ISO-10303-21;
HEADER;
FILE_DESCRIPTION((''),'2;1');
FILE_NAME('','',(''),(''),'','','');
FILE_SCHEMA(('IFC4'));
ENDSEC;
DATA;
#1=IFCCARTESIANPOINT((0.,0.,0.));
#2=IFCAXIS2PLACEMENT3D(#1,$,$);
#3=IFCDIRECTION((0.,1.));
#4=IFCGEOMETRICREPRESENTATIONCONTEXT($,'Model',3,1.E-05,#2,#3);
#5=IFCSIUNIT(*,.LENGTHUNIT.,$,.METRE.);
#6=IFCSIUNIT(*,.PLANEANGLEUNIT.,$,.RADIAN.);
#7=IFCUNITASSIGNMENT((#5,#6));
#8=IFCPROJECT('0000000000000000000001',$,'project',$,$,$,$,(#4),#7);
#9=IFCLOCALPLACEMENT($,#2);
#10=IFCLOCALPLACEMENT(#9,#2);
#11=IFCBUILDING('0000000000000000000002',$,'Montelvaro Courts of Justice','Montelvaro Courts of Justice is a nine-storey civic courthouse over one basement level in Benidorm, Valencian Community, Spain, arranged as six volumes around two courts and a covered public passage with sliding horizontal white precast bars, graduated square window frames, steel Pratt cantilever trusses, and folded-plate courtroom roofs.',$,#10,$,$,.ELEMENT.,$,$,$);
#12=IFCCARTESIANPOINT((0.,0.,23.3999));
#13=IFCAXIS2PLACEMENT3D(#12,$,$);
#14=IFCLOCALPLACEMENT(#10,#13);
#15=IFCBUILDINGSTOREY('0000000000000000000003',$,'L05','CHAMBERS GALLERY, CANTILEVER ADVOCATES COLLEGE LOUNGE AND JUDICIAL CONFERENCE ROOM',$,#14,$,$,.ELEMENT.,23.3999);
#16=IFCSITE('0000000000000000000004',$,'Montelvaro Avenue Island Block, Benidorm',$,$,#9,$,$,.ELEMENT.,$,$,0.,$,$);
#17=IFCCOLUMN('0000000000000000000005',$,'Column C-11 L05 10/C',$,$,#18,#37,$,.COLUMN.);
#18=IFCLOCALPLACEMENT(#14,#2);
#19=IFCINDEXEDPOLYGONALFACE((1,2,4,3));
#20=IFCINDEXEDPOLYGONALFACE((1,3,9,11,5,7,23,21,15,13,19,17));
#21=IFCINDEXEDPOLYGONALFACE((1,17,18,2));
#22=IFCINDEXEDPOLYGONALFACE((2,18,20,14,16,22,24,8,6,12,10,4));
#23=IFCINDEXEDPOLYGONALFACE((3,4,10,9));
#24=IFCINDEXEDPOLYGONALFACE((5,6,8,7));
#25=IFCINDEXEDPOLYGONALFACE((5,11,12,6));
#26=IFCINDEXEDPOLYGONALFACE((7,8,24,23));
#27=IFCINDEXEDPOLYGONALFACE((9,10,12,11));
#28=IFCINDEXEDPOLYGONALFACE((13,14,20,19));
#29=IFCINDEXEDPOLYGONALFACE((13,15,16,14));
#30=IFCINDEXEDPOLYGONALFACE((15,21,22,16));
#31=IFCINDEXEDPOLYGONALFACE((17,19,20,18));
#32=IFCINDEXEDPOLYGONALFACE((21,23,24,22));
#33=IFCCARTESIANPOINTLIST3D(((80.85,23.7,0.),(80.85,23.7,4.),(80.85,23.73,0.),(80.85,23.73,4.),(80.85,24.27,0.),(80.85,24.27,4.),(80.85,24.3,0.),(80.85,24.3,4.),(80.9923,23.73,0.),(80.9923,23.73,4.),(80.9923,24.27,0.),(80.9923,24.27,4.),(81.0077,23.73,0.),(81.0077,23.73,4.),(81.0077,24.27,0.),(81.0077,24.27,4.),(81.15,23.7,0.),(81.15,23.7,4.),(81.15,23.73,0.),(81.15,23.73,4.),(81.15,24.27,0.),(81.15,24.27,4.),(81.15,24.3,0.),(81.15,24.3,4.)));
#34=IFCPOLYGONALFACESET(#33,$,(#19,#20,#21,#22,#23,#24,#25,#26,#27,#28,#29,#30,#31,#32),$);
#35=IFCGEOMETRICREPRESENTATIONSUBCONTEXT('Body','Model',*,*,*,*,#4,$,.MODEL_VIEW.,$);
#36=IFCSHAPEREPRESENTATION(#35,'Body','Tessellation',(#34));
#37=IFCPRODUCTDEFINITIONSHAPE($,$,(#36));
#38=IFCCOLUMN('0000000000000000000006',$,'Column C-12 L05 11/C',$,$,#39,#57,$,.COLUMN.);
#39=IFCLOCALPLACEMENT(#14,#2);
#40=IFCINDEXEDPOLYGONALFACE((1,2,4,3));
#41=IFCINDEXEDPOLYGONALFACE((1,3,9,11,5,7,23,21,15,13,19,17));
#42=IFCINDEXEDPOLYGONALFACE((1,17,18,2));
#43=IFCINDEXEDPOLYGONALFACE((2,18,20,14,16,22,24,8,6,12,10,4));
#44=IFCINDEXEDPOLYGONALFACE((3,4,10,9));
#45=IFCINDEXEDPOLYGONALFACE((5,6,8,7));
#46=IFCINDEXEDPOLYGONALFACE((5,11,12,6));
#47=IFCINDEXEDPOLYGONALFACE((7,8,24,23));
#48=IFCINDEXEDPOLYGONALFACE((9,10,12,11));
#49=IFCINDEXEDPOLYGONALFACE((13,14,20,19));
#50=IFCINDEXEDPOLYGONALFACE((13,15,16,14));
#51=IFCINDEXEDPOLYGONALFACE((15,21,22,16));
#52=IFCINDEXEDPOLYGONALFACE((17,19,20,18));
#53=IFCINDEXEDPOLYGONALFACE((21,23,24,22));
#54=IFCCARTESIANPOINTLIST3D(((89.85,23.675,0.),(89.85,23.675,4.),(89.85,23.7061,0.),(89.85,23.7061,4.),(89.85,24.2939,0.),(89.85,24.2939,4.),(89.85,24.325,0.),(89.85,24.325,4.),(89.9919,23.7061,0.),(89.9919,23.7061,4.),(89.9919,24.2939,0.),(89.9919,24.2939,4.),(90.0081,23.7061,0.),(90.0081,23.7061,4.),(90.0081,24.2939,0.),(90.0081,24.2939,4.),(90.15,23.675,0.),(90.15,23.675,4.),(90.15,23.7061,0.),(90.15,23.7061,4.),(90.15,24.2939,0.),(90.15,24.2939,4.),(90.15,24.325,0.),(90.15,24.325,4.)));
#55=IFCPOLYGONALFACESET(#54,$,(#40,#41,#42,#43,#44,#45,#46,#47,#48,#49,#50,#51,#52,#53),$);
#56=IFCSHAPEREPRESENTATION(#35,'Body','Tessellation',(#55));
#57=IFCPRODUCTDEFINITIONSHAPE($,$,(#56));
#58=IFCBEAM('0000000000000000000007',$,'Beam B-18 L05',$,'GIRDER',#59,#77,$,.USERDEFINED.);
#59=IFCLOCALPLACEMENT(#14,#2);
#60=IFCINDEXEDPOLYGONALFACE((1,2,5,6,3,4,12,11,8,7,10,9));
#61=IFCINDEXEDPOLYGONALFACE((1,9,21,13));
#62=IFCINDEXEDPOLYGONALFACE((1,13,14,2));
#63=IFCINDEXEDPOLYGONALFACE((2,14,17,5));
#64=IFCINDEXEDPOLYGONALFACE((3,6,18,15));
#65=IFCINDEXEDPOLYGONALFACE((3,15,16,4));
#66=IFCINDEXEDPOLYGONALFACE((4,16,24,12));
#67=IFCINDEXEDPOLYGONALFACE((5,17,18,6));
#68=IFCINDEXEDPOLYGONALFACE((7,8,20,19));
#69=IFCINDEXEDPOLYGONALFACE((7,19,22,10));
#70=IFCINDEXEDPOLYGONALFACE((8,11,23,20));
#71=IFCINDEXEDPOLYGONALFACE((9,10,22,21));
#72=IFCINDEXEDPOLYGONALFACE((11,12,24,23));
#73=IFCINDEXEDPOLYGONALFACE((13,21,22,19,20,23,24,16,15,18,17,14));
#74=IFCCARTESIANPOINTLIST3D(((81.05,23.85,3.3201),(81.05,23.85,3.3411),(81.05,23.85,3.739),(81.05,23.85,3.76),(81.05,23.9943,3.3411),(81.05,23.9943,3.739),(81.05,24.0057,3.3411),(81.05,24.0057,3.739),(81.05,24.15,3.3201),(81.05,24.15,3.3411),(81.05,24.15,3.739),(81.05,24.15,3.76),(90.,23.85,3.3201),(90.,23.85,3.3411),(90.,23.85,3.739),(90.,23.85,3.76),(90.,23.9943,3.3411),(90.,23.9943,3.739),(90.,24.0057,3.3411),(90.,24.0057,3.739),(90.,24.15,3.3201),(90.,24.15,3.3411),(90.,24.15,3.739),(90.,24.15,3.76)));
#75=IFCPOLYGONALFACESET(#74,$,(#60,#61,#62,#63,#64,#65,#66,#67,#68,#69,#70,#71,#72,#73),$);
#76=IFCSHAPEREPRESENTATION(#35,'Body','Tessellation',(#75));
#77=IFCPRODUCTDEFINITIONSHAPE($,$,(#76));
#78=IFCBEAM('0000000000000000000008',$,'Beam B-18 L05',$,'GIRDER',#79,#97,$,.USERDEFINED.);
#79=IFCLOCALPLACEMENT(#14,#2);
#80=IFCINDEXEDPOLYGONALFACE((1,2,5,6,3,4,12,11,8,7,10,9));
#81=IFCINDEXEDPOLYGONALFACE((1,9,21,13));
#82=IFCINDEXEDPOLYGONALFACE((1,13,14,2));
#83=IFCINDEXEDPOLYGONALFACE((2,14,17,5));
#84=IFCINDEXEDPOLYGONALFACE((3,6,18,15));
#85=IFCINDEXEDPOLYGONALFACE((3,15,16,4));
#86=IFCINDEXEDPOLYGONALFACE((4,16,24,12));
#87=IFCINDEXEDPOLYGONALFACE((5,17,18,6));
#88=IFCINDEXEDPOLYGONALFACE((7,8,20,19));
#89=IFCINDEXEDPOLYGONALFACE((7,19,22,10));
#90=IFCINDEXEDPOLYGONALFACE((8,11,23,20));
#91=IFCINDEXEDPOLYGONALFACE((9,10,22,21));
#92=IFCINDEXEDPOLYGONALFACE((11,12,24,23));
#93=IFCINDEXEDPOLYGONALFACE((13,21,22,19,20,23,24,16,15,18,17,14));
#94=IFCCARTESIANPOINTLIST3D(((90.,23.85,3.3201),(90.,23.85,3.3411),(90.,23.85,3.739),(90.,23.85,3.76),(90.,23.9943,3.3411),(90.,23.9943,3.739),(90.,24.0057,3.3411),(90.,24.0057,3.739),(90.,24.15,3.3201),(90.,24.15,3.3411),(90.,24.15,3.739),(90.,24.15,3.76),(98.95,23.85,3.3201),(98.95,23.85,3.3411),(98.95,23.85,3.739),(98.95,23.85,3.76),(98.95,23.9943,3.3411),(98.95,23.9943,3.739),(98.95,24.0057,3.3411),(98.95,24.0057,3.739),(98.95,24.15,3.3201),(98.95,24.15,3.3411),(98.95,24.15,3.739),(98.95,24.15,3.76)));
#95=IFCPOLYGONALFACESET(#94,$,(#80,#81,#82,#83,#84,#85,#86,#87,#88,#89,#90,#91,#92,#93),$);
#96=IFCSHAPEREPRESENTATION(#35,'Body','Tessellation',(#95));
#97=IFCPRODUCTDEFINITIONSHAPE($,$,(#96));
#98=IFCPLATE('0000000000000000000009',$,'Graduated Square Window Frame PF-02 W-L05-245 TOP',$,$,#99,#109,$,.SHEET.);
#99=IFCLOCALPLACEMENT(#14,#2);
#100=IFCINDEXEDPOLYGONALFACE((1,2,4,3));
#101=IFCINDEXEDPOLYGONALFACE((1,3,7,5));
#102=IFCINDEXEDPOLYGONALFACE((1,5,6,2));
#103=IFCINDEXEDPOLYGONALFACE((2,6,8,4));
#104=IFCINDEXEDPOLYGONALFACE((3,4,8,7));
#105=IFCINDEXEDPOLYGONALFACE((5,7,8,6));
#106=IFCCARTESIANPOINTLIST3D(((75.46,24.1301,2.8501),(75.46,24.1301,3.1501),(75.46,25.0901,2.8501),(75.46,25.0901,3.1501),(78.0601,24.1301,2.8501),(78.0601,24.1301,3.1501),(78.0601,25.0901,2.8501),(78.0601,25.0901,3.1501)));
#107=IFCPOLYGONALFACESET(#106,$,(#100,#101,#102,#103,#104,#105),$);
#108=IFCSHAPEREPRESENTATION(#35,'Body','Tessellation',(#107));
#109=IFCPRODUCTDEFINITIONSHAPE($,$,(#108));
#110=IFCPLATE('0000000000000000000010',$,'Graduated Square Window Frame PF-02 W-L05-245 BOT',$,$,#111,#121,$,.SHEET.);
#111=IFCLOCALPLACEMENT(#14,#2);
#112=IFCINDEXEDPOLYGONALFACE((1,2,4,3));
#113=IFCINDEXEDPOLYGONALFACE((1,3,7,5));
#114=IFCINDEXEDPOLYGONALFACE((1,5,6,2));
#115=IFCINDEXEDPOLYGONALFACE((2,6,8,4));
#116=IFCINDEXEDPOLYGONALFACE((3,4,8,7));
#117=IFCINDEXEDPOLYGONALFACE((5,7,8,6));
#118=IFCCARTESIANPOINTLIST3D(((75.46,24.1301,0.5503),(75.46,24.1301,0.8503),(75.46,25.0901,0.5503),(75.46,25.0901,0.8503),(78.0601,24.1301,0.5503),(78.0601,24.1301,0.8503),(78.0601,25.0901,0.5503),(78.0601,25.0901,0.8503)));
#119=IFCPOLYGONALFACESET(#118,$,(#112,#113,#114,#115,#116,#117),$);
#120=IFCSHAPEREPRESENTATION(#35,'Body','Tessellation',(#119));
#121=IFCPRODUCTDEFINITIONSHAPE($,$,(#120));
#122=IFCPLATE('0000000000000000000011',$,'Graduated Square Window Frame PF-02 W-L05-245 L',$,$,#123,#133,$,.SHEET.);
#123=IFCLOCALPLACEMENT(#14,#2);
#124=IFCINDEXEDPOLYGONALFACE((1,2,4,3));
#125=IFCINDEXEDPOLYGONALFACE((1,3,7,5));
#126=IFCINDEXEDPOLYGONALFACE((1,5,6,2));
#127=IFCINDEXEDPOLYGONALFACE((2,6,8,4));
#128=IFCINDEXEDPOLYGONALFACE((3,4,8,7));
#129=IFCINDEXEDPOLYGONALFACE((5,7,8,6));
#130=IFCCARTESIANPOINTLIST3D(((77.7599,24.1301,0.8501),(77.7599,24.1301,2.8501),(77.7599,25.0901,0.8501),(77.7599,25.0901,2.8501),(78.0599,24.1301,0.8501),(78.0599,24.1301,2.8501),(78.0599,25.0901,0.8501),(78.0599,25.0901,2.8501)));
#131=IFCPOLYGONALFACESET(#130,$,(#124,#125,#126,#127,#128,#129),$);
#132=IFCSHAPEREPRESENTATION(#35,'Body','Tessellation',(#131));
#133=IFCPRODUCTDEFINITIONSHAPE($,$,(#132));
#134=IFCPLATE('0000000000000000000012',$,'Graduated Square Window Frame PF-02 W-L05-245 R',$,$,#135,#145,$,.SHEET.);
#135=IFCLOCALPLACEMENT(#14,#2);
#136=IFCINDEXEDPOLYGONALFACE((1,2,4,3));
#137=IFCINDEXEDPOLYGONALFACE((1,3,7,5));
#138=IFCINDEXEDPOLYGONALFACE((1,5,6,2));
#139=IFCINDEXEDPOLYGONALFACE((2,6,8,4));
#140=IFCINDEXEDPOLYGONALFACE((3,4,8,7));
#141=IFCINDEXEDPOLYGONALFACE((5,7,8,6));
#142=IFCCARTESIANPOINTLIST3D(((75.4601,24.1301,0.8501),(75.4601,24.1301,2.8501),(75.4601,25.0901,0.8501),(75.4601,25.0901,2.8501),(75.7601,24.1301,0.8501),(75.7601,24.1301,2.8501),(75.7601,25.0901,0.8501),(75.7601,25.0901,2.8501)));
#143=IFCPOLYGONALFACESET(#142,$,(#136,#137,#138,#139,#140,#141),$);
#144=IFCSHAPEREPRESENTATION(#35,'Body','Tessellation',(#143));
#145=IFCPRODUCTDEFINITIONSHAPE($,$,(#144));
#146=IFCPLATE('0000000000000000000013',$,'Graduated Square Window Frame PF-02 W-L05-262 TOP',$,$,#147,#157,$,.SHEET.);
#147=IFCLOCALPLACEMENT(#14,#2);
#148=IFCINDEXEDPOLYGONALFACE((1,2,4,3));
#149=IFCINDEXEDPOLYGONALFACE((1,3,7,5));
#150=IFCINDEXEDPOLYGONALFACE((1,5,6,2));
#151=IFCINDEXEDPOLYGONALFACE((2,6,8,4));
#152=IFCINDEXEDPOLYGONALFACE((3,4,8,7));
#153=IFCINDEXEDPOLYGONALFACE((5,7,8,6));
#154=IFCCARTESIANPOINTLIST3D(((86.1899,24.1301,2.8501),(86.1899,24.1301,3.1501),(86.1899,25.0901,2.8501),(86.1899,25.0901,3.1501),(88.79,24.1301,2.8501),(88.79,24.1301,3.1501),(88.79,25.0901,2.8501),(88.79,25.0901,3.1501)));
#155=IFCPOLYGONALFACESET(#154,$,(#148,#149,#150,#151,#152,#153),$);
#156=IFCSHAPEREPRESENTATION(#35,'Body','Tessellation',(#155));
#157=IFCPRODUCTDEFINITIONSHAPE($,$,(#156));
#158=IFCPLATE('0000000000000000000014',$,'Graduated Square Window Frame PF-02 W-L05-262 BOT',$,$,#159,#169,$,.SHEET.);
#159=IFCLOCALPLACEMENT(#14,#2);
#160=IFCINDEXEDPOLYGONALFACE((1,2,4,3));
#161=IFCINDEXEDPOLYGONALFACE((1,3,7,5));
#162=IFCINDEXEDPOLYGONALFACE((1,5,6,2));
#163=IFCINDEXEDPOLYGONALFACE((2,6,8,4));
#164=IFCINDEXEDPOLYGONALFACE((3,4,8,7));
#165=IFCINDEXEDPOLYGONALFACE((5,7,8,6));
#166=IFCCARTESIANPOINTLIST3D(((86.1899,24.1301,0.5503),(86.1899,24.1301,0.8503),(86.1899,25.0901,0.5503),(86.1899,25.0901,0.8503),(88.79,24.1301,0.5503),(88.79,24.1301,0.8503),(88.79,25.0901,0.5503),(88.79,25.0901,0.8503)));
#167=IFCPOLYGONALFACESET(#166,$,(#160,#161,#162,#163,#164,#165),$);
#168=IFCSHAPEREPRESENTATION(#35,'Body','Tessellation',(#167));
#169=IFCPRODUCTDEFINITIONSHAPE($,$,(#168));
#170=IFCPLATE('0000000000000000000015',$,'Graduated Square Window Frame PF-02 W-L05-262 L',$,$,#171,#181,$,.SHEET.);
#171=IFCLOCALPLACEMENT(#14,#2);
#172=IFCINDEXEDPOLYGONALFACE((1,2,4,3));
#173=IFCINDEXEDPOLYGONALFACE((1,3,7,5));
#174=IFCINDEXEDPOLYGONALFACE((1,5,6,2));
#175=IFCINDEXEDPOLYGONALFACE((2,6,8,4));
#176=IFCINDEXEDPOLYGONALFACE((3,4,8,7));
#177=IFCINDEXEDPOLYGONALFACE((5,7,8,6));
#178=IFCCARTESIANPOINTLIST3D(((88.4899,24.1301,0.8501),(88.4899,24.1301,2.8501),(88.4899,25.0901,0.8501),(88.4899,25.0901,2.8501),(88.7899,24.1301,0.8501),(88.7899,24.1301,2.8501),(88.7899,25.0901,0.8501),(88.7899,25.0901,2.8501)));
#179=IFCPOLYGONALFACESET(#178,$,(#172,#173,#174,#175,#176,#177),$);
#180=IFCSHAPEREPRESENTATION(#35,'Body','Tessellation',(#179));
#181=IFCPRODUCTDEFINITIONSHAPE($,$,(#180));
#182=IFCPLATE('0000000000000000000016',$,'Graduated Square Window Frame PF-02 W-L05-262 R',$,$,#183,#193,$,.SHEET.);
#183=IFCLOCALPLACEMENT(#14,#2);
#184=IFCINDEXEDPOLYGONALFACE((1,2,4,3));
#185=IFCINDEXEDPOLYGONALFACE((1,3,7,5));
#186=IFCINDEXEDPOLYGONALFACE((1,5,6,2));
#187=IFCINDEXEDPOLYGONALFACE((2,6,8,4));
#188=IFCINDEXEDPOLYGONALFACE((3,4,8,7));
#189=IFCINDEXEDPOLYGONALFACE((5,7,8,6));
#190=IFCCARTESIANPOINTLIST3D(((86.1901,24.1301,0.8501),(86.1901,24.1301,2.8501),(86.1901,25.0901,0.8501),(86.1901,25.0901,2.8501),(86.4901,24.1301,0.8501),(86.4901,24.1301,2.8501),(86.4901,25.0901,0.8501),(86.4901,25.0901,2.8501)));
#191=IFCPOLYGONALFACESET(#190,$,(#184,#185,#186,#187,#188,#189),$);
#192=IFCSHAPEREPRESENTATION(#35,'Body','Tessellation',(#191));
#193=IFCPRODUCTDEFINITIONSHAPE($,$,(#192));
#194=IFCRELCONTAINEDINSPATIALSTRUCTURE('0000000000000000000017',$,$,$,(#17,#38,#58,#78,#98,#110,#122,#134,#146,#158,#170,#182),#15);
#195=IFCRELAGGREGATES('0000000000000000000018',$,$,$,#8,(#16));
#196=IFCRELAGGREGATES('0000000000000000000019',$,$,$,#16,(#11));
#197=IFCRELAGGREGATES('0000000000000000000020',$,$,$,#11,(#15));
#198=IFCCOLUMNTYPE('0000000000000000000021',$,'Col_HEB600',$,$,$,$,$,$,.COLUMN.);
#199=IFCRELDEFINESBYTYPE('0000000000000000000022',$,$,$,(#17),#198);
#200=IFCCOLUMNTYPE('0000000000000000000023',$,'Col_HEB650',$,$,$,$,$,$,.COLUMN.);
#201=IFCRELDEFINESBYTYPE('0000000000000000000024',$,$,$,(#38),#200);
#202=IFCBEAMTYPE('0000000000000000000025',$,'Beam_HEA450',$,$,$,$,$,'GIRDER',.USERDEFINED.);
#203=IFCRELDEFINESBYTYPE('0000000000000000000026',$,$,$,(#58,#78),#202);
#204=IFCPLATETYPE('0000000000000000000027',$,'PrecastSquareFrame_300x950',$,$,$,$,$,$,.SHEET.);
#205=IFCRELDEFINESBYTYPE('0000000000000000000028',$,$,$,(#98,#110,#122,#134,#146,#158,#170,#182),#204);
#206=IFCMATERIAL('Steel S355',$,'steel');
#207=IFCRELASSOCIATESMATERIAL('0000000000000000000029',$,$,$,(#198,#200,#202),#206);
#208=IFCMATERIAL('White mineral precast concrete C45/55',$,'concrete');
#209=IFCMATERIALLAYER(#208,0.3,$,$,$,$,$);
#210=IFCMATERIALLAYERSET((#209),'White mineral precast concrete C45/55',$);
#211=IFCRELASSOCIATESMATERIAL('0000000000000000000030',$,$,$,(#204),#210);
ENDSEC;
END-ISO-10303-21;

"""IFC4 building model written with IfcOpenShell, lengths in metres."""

from ifc_helpers import new_model, si_unit, direction, frame, origin, origin_2d, place, context, subcontext, project, spatial, rectangle, i_section, extrude, material, layer, layer_set, material_profile, profile_set, type_object, element, save


model = new_model("IFC4")

# Units and contexts
model_context = context("Model", 3, precision=1e-05, world=origin(), true_north=direction((0.0, 1.0)))
body_context = subcontext(model_context, "Body", "Model", "MODEL_VIEW")
ifc_project = project(units=[si_unit("LENGTHUNIT", "METRE"), si_unit("PLANEANGLEUNIT", "RADIAN")], contexts=[model_context])

# Site, building, storey
site_placement = place(None, origin())
site = spatial("IfcSite", under=ifc_project, at=site_placement, Name="Montelvaro Avenue Island Block, Benidorm", CompositionType="ELEMENT", RefElevation=0.0)
building_placement = place(site_placement, origin())
building = spatial("IfcBuilding", under=site, at=building_placement, Name="Montelvaro Courts of Justice", Description="Montelvaro Courts of Justice is a nine-storey civic courthouse over one basement level in Benidorm, Valencian Community, Spain, arranged as six volumes around two courts and a covered public passage with sliding horizontal white precast bars, graduated square window frames, steel Pratt cantilever trusses, and folded-plate courtroom roofs.", CompositionType="ELEMENT")
storey_placement = place(building_placement, frame((0.0, 0.0, 23.3999)))
storey = spatial("IfcBuildingStorey", under=building, at=storey_placement, Name="L05", Description="CHAMBERS GALLERY, CANTILEVER ADVOCATES COLLEGE LOUNGE AND JUDICIAL CONFERENCE ROOM", CompositionType="ELEMENT", Elevation=23.3999)

# Columns
ifc_material_1 = material(Name="Steel S355", Category="steel")
ifc_material_profile_1 = material_profile(ifc_material_1, i_section(OverallWidth=0.3, OverallDepth=0.6001, WebThickness=0.0154, FlangeThickness=0.03, at=origin_2d()), Name="HEB 600")
ifc_profile_set_1 = profile_set([ifc_material_profile_1], Name="Steel S355")
column_type_1 = type_object("IfcColumnType", Name="Col_HEB600", PredefinedType="COLUMN", material=ifc_profile_set_1)
column_1_placement = place(storey_placement, frame((81.0, 24.0, 0.0), z_axis=(0.0, 0.0, 1.0), x_axis=(1.0, 0.0, 0.0)))
element("IfcColumn", 1, at=column_1_placement, inside=storey, type_object=column_type_1, Name="Column C-11 L05 10/C", PredefinedType="COLUMN", context=body_context, shape_type="SweptSolid", body=[
    extrude(i_section(OverallWidth=0.3, OverallDepth=0.6001, WebThickness=0.0154, FlangeThickness=0.03, at=origin_2d()), origin(), (0.0, 0.0, 1.0), 4.0),
])
ifc_material_profile_2 = material_profile(ifc_material_1, i_section(OverallWidth=0.3, OverallDepth=0.6499, WebThickness=0.0161, FlangeThickness=0.031, at=origin_2d()), Name="HEB 650")
ifc_profile_set_2 = profile_set([ifc_material_profile_2], Name="Steel S355")
column_type_2 = type_object("IfcColumnType", Name="Col_HEB650", PredefinedType="COLUMN", material=ifc_profile_set_2)
column_2_placement = place(storey_placement, frame((90.0, 24.0, 0.0), z_axis=(0.0, 0.0, 1.0), x_axis=(1.0, 0.0, 0.0)))
element("IfcColumn", 2, at=column_2_placement, inside=storey, type_object=column_type_2, Name="Column C-12 L05 11/C", PredefinedType="COLUMN", context=body_context, shape_type="SweptSolid", body=[
    extrude(i_section(OverallWidth=0.3, OverallDepth=0.6499, WebThickness=0.0161, FlangeThickness=0.031, at=origin_2d()), origin(), (0.0, 0.0, 1.0), 4.0),
])

# Beams
ifc_material_profile_3 = material_profile(ifc_material_1, i_section(OverallWidth=0.3, OverallDepth=0.4399, WebThickness=0.0115, FlangeThickness=0.021, at=origin_2d()), Name="HEA 450")
ifc_profile_set_3 = profile_set([ifc_material_profile_3], Name="Steel S355")
beam_type = type_object("IfcBeamType", Name="Beam_HEA450", ElementType="GIRDER", PredefinedType="USERDEFINED", material=ifc_profile_set_3)
for number, where, z_axis, x_axis, name in (
    (3, (81.05, 24.0, 3.54), (1.0, 0.0, 0.0), (0.0, 1.0, 0.0), "Beam B-18 L05"),
    (4, (90.0, 24.0, 3.54), (1.0, 0.0, 0.0), (0.0, 1.0, 0.0), "Beam B-18 L05"),
):
    element("IfcBeam", number, at=place(storey_placement, frame(where, z_axis=z_axis, x_axis=x_axis)), inside=storey, type_object=beam_type, Name=name, ObjectType="GIRDER", PredefinedType="USERDEFINED", context=body_context, shape_type="SweptSolid", body=[
        extrude(i_section(OverallWidth=0.3, OverallDepth=0.4399, WebThickness=0.0115, FlangeThickness=0.021, at=origin_2d()), origin(), (0.0, 0.0, 1.0), 8.95),
    ])

# Plates
ifc_material_2 = material(Name="White mineral precast concrete C45/55", Category="concrete")
ifc_layer_1 = layer(ifc_material_2, 0.3)
ifc_layer_set_1 = layer_set([ifc_layer_1], Name="White mineral precast concrete C45/55")
plate_type = type_object("IfcPlateType", Name="PrecastSquareFrame_300x950", PredefinedType="SHEET", material=ifc_layer_set_1)
for number, where, z_axis, x_axis, name in (
    (5, (76.76, 24.6101, 2.8501), (0.0, 0.0, 1.0), (-1.0, 0.0, 0.0), "Graduated Square Window Frame PF-02 W-L05-245 TOP"),
    (6, (76.76, 24.6101, 0.5503), (0.0, 0.0, 1.0), (-1.0, 0.0, 0.0), "Graduated Square Window Frame PF-02 W-L05-245 BOT"),
):
    element("IfcPlate", number, at=place(storey_placement, frame(where, z_axis=z_axis, x_axis=x_axis)), inside=storey, type_object=plate_type, Name=name, PredefinedType="SHEET", context=body_context, shape_type="SweptSolid", body=[
        extrude(rectangle(XDim=2.6001, YDim=0.96, at=origin_2d()), origin(), (0.0, 0.0, 1.0), 0.3),
    ])
for number, where, z_axis, x_axis, name in (
    (7, (77.9099, 24.6101, 0.8501), (0.0, 0.0, 1.0), (-1.0, 0.0, 0.0), "Graduated Square Window Frame PF-02 W-L05-245 L"),
    (8, (75.6101, 24.6101, 0.8501), (0.0, 0.0, 1.0), (-1.0, 0.0, 0.0), "Graduated Square Window Frame PF-02 W-L05-245 R"),
):
    element("IfcPlate", number, at=place(storey_placement, frame(where, z_axis=z_axis, x_axis=x_axis)), inside=storey, type_object=plate_type, Name=name, PredefinedType="SHEET", context=body_context, shape_type="SweptSolid", body=[
        extrude(rectangle(XDim=0.3, YDim=0.96, at=origin_2d()), origin(), (0.0, 0.0, 1.0), 2.0),
    ])
for number, where, z_axis, x_axis, name in (
    (9, (87.49, 24.6101, 2.8501), (0.0, 0.0, 1.0), (-1.0, 0.0, 0.0), "Graduated Square Window Frame PF-02 W-L05-262 TOP"),
    (10, (87.49, 24.6101, 0.5503), (0.0, 0.0, 1.0), (-1.0, 0.0, 0.0), "Graduated Square Window Frame PF-02 W-L05-262 BOT"),
):
    element("IfcPlate", number, at=place(storey_placement, frame(where, z_axis=z_axis, x_axis=x_axis)), inside=storey, type_object=plate_type, Name=name, PredefinedType="SHEET", context=body_context, shape_type="SweptSolid", body=[
        extrude(rectangle(XDim=2.6001, YDim=0.96, at=origin_2d()), origin(), (0.0, 0.0, 1.0), 0.3),
    ])
for number, where, z_axis, x_axis, name in (
    (11, (88.6399, 24.6101, 0.8501), (0.0, 0.0, 1.0), (-1.0, 0.0, 0.0), "Graduated Square Window Frame PF-02 W-L05-262 L"),
    (12, (86.3401, 24.6101, 0.8501), (0.0, 0.0, 1.0), (-1.0, 0.0, 0.0), "Graduated Square Window Frame PF-02 W-L05-262 R"),
):
    element("IfcPlate", number, at=place(storey_placement, frame(where, z_axis=z_axis, x_axis=x_axis)), inside=storey, type_object=plate_type, Name=name, PredefinedType="SHEET", context=body_context, shape_type="SweptSolid", body=[
        extrude(rectangle(XDim=0.3, YDim=0.96, at=origin_2d()), origin(), (0.0, 0.0, 1.0), 2.0),
    ])

save(model, "model.ifc")
